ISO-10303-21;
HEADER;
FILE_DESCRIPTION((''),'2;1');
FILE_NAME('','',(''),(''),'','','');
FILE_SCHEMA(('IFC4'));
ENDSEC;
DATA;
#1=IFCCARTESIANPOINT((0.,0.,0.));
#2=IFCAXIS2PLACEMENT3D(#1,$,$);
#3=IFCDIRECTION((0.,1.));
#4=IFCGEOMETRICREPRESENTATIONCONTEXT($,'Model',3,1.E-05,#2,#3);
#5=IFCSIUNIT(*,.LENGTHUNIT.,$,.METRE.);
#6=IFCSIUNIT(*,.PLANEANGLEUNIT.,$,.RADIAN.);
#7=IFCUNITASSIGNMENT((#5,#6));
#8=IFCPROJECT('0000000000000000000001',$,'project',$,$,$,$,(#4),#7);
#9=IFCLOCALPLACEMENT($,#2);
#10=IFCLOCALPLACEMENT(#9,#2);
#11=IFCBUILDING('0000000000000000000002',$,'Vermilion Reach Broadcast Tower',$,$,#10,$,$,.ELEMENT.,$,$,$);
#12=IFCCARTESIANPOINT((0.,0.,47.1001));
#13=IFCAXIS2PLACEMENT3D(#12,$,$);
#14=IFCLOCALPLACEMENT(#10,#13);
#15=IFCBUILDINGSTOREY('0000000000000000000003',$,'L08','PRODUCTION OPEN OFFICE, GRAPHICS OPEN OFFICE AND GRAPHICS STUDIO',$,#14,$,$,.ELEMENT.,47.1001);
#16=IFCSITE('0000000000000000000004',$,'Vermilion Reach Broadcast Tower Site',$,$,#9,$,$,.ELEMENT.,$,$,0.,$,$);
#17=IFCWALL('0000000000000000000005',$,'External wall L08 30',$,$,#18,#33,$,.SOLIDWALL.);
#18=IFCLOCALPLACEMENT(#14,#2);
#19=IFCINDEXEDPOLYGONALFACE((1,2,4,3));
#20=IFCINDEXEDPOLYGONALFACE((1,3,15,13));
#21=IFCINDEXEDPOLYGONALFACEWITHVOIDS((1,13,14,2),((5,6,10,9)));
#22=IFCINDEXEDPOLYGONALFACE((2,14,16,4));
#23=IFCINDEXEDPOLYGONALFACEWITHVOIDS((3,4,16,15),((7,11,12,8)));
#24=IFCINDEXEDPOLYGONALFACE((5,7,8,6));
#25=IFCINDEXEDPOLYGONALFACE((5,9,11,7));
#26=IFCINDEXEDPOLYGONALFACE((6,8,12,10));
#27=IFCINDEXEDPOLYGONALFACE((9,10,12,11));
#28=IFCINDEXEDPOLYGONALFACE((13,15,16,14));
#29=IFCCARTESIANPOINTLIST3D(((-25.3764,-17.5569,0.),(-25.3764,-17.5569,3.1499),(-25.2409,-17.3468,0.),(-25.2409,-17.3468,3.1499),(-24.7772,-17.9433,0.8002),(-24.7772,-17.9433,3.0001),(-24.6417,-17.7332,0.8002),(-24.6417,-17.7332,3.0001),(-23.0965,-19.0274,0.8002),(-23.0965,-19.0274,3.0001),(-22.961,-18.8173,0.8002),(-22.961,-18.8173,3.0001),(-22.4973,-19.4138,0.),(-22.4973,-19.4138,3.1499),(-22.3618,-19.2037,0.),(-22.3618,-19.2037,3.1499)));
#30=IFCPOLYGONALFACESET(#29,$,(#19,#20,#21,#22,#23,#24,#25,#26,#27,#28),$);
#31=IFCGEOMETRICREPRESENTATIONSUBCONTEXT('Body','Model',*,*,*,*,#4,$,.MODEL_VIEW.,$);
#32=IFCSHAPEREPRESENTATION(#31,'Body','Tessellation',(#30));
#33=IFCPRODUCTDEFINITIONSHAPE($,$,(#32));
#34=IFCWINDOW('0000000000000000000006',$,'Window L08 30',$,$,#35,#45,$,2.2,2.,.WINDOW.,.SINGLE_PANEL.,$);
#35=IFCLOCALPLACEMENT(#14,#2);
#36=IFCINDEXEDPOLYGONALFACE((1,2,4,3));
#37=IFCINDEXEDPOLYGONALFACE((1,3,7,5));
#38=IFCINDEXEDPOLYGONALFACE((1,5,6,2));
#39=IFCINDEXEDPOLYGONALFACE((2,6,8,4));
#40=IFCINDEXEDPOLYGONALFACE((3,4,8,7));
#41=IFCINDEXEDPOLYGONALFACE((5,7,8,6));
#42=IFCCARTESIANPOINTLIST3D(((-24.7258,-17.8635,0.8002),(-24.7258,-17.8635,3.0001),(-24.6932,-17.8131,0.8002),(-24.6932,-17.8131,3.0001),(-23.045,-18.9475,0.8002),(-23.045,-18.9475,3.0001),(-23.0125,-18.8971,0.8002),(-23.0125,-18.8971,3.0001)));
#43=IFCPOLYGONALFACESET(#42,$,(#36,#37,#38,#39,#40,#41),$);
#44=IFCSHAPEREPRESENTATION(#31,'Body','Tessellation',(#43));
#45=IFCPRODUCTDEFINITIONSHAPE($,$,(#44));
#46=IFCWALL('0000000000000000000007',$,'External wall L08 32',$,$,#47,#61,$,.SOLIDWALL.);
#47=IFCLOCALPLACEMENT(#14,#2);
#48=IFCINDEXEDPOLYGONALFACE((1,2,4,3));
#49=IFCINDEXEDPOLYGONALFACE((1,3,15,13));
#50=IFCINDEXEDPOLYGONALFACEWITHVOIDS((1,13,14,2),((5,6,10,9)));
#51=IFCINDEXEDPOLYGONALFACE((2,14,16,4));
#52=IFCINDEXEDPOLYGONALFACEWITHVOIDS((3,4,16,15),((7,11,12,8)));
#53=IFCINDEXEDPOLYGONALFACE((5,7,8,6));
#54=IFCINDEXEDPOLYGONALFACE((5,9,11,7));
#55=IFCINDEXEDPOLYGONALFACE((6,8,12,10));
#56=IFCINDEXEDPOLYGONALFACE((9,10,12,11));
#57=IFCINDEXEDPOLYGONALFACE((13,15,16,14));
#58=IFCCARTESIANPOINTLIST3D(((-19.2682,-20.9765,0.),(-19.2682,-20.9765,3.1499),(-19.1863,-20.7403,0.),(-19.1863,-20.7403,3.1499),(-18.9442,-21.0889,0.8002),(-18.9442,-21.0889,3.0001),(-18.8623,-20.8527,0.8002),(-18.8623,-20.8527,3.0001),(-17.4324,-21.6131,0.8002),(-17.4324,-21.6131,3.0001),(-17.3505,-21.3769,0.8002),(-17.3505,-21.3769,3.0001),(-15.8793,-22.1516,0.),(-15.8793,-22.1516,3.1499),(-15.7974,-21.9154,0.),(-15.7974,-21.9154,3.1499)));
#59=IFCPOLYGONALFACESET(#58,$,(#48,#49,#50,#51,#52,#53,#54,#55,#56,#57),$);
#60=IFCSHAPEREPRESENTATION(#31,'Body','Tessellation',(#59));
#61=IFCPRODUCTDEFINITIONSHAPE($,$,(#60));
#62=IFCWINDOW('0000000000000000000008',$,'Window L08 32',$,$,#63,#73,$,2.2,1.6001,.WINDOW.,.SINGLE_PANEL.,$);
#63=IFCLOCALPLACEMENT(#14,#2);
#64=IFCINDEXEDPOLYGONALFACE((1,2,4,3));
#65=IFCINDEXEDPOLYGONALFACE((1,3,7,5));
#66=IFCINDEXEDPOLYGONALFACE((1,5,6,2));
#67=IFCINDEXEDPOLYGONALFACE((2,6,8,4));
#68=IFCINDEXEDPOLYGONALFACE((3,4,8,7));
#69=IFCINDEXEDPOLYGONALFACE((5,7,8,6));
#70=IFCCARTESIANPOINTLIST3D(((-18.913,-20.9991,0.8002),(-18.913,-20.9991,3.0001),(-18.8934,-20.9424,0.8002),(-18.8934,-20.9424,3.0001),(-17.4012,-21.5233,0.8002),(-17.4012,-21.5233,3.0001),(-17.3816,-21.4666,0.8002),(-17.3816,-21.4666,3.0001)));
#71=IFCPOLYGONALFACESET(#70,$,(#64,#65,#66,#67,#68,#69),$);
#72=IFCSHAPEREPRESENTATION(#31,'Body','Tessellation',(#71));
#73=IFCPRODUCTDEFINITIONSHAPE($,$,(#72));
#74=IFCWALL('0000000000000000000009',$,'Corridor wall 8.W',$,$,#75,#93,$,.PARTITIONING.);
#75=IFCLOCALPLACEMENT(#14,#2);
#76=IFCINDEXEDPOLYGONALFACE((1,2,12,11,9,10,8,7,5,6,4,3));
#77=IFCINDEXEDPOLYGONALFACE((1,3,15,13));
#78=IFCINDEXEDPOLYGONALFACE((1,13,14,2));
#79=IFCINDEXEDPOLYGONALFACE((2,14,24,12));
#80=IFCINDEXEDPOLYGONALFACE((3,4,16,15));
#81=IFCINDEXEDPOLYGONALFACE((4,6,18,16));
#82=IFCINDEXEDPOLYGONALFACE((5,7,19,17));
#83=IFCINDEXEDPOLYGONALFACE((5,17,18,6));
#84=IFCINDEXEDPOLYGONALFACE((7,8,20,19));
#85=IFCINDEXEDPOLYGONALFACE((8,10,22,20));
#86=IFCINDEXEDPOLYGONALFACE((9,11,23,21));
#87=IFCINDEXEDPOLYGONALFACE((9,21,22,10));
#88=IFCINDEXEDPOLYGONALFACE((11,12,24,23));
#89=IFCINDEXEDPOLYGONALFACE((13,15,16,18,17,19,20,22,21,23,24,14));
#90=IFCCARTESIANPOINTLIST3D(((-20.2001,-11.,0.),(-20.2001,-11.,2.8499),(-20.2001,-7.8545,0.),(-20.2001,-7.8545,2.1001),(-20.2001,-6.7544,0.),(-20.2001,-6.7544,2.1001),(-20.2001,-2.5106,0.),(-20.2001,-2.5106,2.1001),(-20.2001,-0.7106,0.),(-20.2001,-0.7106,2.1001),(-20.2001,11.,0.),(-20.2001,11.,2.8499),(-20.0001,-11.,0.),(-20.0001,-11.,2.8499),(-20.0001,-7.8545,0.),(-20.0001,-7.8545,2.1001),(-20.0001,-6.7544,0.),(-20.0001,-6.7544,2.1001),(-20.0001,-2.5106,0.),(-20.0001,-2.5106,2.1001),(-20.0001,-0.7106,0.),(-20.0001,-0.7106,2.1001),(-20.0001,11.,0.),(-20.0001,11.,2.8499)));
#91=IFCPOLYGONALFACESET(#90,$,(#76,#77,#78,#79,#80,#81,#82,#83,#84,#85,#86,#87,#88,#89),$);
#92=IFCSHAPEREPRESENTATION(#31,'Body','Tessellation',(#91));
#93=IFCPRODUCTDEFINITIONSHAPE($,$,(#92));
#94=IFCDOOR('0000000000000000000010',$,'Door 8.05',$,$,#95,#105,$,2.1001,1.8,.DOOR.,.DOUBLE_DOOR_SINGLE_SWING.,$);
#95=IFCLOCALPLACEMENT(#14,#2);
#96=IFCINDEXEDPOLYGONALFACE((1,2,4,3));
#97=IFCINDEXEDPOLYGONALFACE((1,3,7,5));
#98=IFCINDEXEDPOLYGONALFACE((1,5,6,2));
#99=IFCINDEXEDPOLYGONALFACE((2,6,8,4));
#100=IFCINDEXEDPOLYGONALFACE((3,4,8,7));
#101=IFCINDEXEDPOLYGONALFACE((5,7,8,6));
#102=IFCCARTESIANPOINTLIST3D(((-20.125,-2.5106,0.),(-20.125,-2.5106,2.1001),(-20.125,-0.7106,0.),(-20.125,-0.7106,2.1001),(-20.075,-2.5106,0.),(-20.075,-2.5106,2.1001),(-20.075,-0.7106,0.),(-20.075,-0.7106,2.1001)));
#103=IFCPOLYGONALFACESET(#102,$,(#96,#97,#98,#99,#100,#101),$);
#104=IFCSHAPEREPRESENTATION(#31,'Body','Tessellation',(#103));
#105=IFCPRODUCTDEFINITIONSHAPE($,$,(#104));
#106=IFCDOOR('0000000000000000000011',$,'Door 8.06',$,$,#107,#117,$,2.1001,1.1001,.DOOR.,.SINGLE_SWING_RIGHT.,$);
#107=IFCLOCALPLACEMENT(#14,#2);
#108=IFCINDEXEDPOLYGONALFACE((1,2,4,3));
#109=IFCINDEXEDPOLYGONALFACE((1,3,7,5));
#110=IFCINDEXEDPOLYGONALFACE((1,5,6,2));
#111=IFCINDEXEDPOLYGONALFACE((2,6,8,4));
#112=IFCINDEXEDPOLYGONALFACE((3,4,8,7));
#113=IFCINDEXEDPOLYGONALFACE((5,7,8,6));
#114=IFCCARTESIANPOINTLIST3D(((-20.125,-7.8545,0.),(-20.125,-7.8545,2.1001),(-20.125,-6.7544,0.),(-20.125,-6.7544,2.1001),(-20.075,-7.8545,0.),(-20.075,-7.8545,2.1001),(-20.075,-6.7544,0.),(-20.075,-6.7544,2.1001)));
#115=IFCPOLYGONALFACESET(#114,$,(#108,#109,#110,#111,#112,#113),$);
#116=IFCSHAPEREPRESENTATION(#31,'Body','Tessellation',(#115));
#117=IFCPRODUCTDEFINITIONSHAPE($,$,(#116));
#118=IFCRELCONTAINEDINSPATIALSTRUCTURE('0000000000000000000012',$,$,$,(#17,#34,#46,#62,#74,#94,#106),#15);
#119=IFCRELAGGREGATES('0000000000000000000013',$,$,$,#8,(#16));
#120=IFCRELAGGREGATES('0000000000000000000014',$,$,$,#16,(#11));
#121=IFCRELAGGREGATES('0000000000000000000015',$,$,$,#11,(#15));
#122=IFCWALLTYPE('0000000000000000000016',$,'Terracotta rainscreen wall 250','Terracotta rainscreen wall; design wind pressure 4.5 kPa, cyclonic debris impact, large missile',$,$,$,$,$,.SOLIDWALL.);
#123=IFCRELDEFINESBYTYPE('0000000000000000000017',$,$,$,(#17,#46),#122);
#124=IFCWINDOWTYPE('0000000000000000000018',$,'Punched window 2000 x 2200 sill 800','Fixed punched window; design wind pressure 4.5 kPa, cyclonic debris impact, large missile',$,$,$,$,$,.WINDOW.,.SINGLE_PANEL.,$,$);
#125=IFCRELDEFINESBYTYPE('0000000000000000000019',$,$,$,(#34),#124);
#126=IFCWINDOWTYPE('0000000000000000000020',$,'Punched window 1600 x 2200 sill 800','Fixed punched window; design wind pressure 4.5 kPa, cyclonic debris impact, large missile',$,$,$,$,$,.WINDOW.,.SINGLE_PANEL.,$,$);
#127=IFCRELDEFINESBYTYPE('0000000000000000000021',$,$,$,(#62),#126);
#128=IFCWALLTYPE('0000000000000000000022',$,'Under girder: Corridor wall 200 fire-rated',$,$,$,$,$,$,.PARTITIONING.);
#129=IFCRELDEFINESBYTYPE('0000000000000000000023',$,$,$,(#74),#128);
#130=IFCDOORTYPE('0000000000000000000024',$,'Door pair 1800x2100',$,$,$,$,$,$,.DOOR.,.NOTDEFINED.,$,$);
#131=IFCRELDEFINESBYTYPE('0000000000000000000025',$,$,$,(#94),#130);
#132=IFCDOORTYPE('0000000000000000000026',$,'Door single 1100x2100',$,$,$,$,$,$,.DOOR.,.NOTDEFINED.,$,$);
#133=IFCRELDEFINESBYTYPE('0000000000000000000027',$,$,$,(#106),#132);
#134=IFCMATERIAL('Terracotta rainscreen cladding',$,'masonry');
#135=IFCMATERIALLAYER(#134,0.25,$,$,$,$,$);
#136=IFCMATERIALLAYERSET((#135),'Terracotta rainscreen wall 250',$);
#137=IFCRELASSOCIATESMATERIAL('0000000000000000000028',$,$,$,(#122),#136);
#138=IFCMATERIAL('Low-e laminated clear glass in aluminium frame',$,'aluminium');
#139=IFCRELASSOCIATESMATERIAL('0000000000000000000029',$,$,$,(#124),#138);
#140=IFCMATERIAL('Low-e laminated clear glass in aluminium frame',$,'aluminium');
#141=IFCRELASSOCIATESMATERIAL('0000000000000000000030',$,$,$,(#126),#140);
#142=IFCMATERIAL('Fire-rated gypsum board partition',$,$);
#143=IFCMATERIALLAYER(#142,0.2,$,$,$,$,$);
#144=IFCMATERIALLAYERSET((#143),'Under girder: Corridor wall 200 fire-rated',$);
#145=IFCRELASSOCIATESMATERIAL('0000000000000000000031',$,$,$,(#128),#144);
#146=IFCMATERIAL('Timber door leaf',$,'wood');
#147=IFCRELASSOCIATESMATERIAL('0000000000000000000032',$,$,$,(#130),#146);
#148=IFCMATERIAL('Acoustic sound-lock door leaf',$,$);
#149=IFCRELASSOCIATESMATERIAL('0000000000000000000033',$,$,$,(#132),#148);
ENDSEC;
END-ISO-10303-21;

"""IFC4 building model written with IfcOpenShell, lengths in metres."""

from ifc_helpers import new_model, si_unit, direction, frame, frame_2d, origin, place, context, subcontext, project, spatial, rectangle, extrude, material, layer, layer_set, type_object, element, fill, save


model = new_model("IFC4")

# Units and contexts
model_context = context("Model", 3, precision=1e-05, world=origin(), true_north=direction((0.0, 1.0)))
body_context = subcontext(model_context, "Body", "Model", "MODEL_VIEW")
ifc_project = project(units=[si_unit("LENGTHUNIT", "METRE"), si_unit("PLANEANGLEUNIT", "RADIAN")], contexts=[model_context])

# Site, building, storey
site_placement = place(None, origin())
site = spatial("IfcSite", under=ifc_project, at=site_placement, Name="Vermilion Reach Broadcast Tower Site", CompositionType="ELEMENT", RefElevation=0.0)
building_placement = place(site_placement, origin())
building = spatial("IfcBuilding", under=site, at=building_placement, Name="Vermilion Reach Broadcast Tower", CompositionType="ELEMENT")
storey_placement = place(building_placement, frame((0.0, 0.0, 47.1001)))
storey = spatial("IfcBuildingStorey", under=building, at=storey_placement, Name="L08", Description="PRODUCTION OPEN OFFICE, GRAPHICS OPEN OFFICE AND GRAPHICS STUDIO", CompositionType="ELEMENT", Elevation=47.1001)

# Shared definitions
ifc_material_1 = material(Name="Terracotta rainscreen cladding", Category="masonry")
ifc_layer_1 = layer(ifc_material_1, 0.25)
ifc_layer_set_1 = layer_set([ifc_layer_1], Name="Terracotta rainscreen wall 250")
wall_type_1 = type_object("IfcWallType", Name="Terracotta rainscreen wall 250", Description="Terracotta rainscreen wall; design wind pressure 4.5 kPa, cyclonic debris impact, large missile", PredefinedType="SOLIDWALL", material=ifc_layer_set_1)
ifc_material_2 = material(Name="Low-e laminated clear glass in aluminium frame", Category="aluminium")
window_type_1 = type_object("IfcWindowType", Name="Punched window 2000 x 2200 sill 800", Description="Fixed punched window; design wind pressure 4.5 kPa, cyclonic debris impact, large missile", PartitioningType="SINGLE_PANEL", PredefinedType="WINDOW", material=ifc_material_2)

# Wall, opening, window
wall_1_placement = place(storey_placement, frame((-25.3086, -17.4519, 0.0), z_axis=(0.0, 0.0, 1.0), x_axis=(0.840374, -0.542007, 0.0)))
wall_1 = element("IfcWall", 1, at=wall_1_placement, inside=storey, type_object=wall_type_1, Name="External wall L08 30", PredefinedType="SOLIDWALL", context=body_context, shape_type="SweptSolid", body=[
    extrude(rectangle(XDim=3.426, YDim=0.25, at=frame_2d((1.7129, 0.0))), origin(), (0.0, 0.0, 1.0), 3.1499),
])
opening_1_placement = place(wall_1_placement, frame((0.7129, 0.0, 0.8)))
opening_1 = element("IfcOpeningElement", 2, at=opening_1_placement, cuts=wall_1, PredefinedType="OPENING", context=body_context, shape_type="SweptSolid", body=[
    extrude(rectangle(XDim=2.0, YDim=2.2, at=frame_2d((1.0, 1.1001))), frame((0.0, 0.135, 0.0), z_axis=(0.0, -1.0, 0.0), x_axis=(1.0, 0.0, 0.0)), (0.0, 0.0, 1.0), 0.27),
])
window_1_placement = place(opening_1_placement, origin())
window_1 = element("IfcWindow", 3, at=window_1_placement, inside=storey, type_object=window_type_1, Name="Window L08 30", OverallHeight=2.2, OverallWidth=2.0, PartitioningType="SINGLE_PANEL", PredefinedType="WINDOW", context=body_context, shape_type="SweptSolid", body=[
    extrude(rectangle(XDim=2.0, YDim=2.2, at=frame_2d((1.0, 1.1001))), frame((0.0, 0.03, 0.0), z_axis=(0.0, -1.0, 0.0), x_axis=(1.0, 0.0, 0.0)), (0.0, 0.0, 1.0), 0.0601),
])
fill(opening_1, window_1)

# Wall, opening, window
wall_2_placement = place(storey_placement, frame((-19.2273, -20.8584, 0.0), z_axis=(0.0, 0.0, 1.0), x_axis=(0.944817, -0.327599, 0.0)))
wall_2 = element("IfcWall", 4, at=wall_2_placement, inside=storey, type_object=wall_type_1, Name="External wall L08 32", PredefinedType="SOLIDWALL", context=body_context, shape_type="SweptSolid", body=[
    extrude(rectangle(XDim=3.5869, YDim=0.25, at=frame_2d((1.7935, 0.0))), origin(), (0.0, 0.0, 1.0), 3.1499),
])
opening_2_placement = place(wall_2_placement, frame((0.343, 0.0, 0.8)))
opening_2 = element("IfcOpeningElement", 5, at=opening_2_placement, cuts=wall_2, PredefinedType="OPENING", context=body_context, shape_type="SweptSolid", body=[
    extrude(rectangle(XDim=1.6001, YDim=2.2, at=frame_2d((0.8, 1.1001))), frame((0.0, 0.135, 0.0), z_axis=(0.0, -1.0, 0.0), x_axis=(1.0, 0.0, 0.0)), (0.0, 0.0, 1.0), 0.27),
])
ifc_material_3 = material(Name="Low-e laminated clear glass in aluminium frame", Category="aluminium")
window_type_2 = type_object("IfcWindowType", Name="Punched window 1600 x 2200 sill 800", Description="Fixed punched window; design wind pressure 4.5 kPa, cyclonic debris impact, large missile", PartitioningType="SINGLE_PANEL", PredefinedType="WINDOW", material=ifc_material_3)
window_2_placement = place(opening_2_placement, origin())
window_2 = element("IfcWindow", 6, at=window_2_placement, inside=storey, type_object=window_type_2, Name="Window L08 32", OverallHeight=2.2, OverallWidth=1.6001, PartitioningType="SINGLE_PANEL", PredefinedType="WINDOW", context=body_context, shape_type="SweptSolid", body=[
    extrude(rectangle(XDim=1.6001, YDim=2.2, at=frame_2d((0.8, 1.1001))), frame((0.0, 0.03, 0.0), z_axis=(0.0, -1.0, 0.0), x_axis=(1.0, 0.0, 0.0)), (0.0, 0.0, 1.0), 0.0601),
])
fill(opening_2, window_2)

# Wall, openings, doors
ifc_material_4 = material(Name="Fire-rated gypsum board partition")
ifc_layer_2 = layer(ifc_material_4, 0.2)
ifc_layer_set_2 = layer_set([ifc_layer_2], Name="Under girder: Corridor wall 200 fire-rated")
wall_type_2 = type_object("IfcWallType", Name="Under girder: Corridor wall 200 fire-rated", PredefinedType="PARTITIONING", material=ifc_layer_set_2)
wall_3_placement = place(storey_placement, frame((-20.1001, -11.0, 0.0), z_axis=(0.0, 0.0, 1.0), x_axis=(0.0, 1.0, 0.0)))
wall_3 = element("IfcWall", 7, at=wall_3_placement, inside=storey, type_object=wall_type_2, Name="Corridor wall 8.W", PredefinedType="PARTITIONING", context=body_context, shape_type="SweptSolid", body=[
    extrude(rectangle(XDim=22.0, YDim=0.2, at=frame_2d((11.0, 0.0))), origin(), (0.0, 0.0, 1.0), 2.8499),
])
opening_3_placement = place(wall_3_placement, frame((8.4895, 0.0, 0.0)))
opening_3 = element("IfcOpeningElement", 8, at=opening_3_placement, cuts=wall_3, PredefinedType="OPENING", context=body_context, shape_type="SweptSolid", body=[
    extrude(rectangle(XDim=1.8, YDim=2.1001, at=frame_2d((0.8999, 1.05))), frame((0.0, 0.1099, 0.0), z_axis=(0.0, -1.0, 0.0), x_axis=(1.0, 0.0, 0.0)), (0.0, 0.0, 1.0), 0.22),
])
opening_4_placement = place(wall_3_placement, frame((3.1455, 0.0, 0.0)))
opening_4 = element("IfcOpeningElement", 9, at=opening_4_placement, cuts=wall_3, PredefinedType="OPENING", context=body_context, shape_type="SweptSolid", body=[
    extrude(rectangle(XDim=1.1001, YDim=2.1001, at=frame_2d((0.55, 1.05))), frame((0.0, 0.1099, 0.0), z_axis=(0.0, -1.0, 0.0), x_axis=(1.0, 0.0, 0.0)), (0.0, 0.0, 1.0), 0.22),
])
ifc_material_5 = material(Name="Timber door leaf", Category="wood")
door_type_1 = type_object("IfcDoorType", Name="Door pair 1800x2100", OperationType="NOTDEFINED", PredefinedType="DOOR", material=ifc_material_5)
door_1_placement = place(opening_3_placement, origin())
door_1 = element("IfcDoor", 10, at=door_1_placement, inside=storey, type_object=door_type_1, Name="Door 8.05", OperationType="DOUBLE_DOOR_SINGLE_SWING", OverallHeight=2.1001, OverallWidth=1.8, PredefinedType="DOOR", context=body_context, shape_type="SweptSolid", body=[
    extrude(rectangle(XDim=1.8, YDim=2.1001, at=frame_2d((0.8999, 1.05))), frame((0.0, 0.0249, 0.0), z_axis=(0.0, -1.0, 0.0), x_axis=(1.0, 0.0, 0.0)), (0.0, 0.0, 1.0), 0.05),
])
fill(opening_3, door_1)
ifc_material_6 = material(Name="Acoustic sound-lock door leaf")
door_type_2 = type_object("IfcDoorType", Name="Door single 1100x2100", OperationType="NOTDEFINED", PredefinedType="DOOR", material=ifc_material_6)
door_2_placement = place(opening_4_placement, origin())
door_2 = element("IfcDoor", 11, at=door_2_placement, inside=storey, type_object=door_type_2, Name="Door 8.06", OperationType="SINGLE_SWING_RIGHT", OverallHeight=2.1001, OverallWidth=1.1001, PredefinedType="DOOR", context=body_context, shape_type="SweptSolid", body=[
    extrude(rectangle(XDim=1.1001, YDim=2.1001, at=frame_2d((0.55, 1.05))), frame((0.0, 0.0249, 0.0), z_axis=(0.0, -1.0, 0.0), x_axis=(1.0, 0.0, 0.0)), (0.0, 0.0, 1.0), 0.05),
])
fill(opening_4, door_2)

save(model, "model.ifc")
